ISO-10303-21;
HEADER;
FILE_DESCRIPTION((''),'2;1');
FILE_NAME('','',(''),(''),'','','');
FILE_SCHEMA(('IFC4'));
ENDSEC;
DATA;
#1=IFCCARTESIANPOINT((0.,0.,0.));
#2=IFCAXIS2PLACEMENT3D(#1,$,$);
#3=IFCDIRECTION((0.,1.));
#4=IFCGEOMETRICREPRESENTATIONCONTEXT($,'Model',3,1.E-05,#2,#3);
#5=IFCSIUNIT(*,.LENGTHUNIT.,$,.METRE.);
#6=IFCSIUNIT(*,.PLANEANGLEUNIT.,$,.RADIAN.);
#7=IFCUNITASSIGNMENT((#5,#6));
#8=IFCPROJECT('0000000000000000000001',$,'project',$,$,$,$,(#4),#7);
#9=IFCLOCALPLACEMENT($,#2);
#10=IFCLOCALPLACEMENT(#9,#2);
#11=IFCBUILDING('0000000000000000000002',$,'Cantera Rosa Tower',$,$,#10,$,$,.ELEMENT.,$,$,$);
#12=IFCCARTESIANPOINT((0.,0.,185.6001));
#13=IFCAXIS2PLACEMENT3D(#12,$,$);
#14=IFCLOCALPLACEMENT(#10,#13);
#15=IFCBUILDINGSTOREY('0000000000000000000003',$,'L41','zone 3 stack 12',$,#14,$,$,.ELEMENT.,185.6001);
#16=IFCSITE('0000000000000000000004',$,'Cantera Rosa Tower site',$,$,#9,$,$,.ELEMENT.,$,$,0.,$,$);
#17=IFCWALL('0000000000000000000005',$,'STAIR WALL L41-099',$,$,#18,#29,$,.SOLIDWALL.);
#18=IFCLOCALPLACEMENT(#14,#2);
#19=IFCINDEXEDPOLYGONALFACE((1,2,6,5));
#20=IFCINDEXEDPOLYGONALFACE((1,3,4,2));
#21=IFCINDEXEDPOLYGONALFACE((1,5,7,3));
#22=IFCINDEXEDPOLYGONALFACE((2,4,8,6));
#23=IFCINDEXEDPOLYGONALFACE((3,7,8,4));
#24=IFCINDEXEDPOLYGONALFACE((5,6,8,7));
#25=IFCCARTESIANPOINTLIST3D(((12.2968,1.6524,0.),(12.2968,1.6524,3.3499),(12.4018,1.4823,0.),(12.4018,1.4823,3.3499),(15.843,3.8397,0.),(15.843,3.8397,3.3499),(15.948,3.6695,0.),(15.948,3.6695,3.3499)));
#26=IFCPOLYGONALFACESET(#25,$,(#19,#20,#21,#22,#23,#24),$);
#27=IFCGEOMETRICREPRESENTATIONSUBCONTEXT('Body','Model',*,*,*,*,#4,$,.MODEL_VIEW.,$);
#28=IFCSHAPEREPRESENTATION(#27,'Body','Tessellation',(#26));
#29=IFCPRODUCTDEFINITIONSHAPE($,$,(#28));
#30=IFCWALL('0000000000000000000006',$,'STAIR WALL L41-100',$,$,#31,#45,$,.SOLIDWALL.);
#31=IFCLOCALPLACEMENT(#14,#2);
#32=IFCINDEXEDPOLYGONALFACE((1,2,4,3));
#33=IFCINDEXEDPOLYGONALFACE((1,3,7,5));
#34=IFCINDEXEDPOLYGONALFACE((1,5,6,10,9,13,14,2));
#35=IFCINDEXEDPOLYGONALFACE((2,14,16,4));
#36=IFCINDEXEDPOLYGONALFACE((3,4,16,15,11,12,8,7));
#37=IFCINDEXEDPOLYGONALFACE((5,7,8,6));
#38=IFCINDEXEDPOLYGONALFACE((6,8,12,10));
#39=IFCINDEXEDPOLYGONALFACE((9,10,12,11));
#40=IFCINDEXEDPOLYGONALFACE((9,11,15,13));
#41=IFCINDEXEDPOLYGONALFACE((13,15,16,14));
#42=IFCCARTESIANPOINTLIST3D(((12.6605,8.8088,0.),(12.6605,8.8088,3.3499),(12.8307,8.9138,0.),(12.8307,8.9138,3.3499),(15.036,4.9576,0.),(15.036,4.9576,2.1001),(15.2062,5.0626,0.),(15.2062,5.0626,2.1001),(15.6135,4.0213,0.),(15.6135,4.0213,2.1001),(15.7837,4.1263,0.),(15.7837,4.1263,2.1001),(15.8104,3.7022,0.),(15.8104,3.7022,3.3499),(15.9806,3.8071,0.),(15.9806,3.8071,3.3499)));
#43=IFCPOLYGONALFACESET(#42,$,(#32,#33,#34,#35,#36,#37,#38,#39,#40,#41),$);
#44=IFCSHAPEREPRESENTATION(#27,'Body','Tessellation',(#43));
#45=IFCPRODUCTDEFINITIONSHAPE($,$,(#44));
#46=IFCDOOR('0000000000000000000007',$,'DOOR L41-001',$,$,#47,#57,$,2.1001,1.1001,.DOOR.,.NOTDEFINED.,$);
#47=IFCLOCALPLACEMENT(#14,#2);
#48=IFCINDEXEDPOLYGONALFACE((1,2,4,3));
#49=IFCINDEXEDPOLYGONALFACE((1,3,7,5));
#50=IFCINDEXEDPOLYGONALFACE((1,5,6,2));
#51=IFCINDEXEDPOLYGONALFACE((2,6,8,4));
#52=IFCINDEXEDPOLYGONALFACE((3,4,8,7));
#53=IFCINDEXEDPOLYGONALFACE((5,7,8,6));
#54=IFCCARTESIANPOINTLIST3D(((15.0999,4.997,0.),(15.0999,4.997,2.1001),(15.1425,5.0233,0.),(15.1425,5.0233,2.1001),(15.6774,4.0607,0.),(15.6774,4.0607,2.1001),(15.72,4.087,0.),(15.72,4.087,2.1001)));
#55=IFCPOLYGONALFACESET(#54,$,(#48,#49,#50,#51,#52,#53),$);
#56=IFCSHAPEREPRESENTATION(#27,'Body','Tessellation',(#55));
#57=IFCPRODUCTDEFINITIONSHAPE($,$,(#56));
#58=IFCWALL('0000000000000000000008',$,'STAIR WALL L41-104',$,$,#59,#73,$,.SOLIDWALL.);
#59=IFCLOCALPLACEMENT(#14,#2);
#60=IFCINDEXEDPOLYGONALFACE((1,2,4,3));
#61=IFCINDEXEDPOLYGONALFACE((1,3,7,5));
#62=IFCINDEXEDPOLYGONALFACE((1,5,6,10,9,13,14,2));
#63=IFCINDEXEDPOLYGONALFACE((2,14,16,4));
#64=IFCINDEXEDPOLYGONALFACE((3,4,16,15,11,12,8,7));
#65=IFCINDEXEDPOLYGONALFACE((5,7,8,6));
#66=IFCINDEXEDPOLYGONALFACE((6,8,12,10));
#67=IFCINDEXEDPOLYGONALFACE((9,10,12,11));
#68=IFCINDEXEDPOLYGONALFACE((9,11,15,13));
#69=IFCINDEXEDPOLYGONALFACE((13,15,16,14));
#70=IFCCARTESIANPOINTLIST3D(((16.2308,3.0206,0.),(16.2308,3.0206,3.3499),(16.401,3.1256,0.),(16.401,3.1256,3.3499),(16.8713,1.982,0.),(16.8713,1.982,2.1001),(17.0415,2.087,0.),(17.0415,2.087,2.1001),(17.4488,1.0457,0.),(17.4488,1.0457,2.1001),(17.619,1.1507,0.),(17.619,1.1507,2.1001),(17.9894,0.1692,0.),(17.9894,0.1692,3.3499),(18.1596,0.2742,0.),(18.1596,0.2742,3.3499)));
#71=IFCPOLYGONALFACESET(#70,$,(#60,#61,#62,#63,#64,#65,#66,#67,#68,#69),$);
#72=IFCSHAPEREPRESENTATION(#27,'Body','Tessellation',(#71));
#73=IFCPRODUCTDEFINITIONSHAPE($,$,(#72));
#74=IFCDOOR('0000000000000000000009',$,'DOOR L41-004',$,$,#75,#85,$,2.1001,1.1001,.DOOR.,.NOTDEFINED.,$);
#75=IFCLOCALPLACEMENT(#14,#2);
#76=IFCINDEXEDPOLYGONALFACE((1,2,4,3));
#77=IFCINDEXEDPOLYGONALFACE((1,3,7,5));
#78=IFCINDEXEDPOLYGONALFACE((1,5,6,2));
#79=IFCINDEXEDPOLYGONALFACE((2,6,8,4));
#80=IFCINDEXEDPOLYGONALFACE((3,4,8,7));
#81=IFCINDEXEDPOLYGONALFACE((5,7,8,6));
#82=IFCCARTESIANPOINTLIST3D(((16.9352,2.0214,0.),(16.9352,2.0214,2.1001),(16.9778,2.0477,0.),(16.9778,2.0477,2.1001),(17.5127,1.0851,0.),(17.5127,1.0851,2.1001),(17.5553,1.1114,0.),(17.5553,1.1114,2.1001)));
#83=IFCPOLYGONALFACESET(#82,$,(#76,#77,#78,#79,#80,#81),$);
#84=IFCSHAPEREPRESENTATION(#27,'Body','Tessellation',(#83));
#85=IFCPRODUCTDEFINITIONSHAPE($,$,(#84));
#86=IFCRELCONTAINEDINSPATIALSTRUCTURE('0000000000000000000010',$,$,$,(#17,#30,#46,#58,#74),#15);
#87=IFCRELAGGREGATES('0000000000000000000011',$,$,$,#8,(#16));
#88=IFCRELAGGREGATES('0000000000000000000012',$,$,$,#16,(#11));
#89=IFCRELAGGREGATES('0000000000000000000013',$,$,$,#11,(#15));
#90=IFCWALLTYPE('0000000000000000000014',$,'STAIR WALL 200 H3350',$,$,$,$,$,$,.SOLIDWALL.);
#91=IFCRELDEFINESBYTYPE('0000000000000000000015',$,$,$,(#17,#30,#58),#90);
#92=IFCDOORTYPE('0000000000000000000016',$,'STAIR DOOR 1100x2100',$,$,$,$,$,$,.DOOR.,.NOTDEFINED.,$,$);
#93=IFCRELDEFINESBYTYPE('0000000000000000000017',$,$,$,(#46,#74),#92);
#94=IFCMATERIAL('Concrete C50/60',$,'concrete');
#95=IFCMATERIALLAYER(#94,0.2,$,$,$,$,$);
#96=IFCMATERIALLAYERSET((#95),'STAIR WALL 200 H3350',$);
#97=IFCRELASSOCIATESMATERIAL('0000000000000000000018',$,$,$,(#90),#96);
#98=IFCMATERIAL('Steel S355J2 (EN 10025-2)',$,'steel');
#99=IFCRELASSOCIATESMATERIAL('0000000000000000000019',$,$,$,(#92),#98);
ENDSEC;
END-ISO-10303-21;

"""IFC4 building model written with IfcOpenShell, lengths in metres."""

from ifc_helpers import new_model, si_unit, direction, frame, frame_2d, origin, place, context, subcontext, project, spatial, rectangle, extrude, material, layer, layer_set, type_object, element, fill, save


model = new_model("IFC4")

# Units and contexts
model_context = context("Model", 3, precision=1e-05, world=origin(), true_north=direction((0.0, 1.0)))
body_context = subcontext(model_context, "Body", "Model", "MODEL_VIEW")
ifc_project = project(units=[si_unit("LENGTHUNIT", "METRE"), si_unit("PLANEANGLEUNIT", "RADIAN")], contexts=[model_context])

# Site, building, storey
site_placement = place(None, origin())
site = spatial("IfcSite", under=ifc_project, at=site_placement, Name="Cantera Rosa Tower site", CompositionType="ELEMENT", RefElevation=0.0)
building_placement = place(site_placement, origin())
building = spatial("IfcBuilding", under=site, at=building_placement, Name="Cantera Rosa Tower", CompositionType="ELEMENT")
storey_placement = place(building_placement, frame((0.0, 0.0, 185.6001)))
storey = spatial("IfcBuildingStorey", under=building, at=storey_placement, Name="L41", Description="zone 3 stack 12", CompositionType="ELEMENT", Elevation=185.6001)

# Wall
ifc_material_1 = material(Name="Concrete C50/60", Category="concrete")
ifc_layer_1 = layer(ifc_material_1, 0.2)
ifc_layer_set_1 = layer_set([ifc_layer_1], Name="STAIR WALL 200 H3350")
wall_type_1 = type_object("IfcWallType", Name="STAIR WALL 200 H3350", PredefinedType="SOLIDWALL", material=ifc_layer_set_1)
wall_1_placement = place(storey_placement, frame((15.8955, 3.7546, 0.0), z_axis=(0.0, 0.0, 1.0), x_axis=(-0.851121, -0.52497, 0.0)))
element("IfcWall", 1, at=wall_1_placement, inside=storey, type_object=wall_type_1, Name="STAIR WALL L41-099", PredefinedType="SOLIDWALL", context=body_context, shape_type="SweptSolid", body=[
    extrude(rectangle(XDim=4.1665, YDim=0.2, at=frame_2d((2.0833, 0.0))), origin(), (0.0, 0.0, 1.0), 3.3499),
])

# Walls, openings, doors
wall_2_placement = place(storey_placement, frame((15.8955, 3.7546, 0.0), z_axis=(0.0, 0.0, 1.0), x_axis=(-0.524983, 0.851113, 0.0)))
wall_2 = element("IfcWall", 2, at=wall_2_placement, inside=storey, type_object=wall_type_1, Name="STAIR WALL L41-100", PredefinedType="SOLIDWALL", context=body_context, shape_type="SweptSolid", body=[
    extrude(rectangle(XDim=6.0, YDim=0.2, at=frame_2d((3.0, 0.0))), origin(), (0.0, 0.0, 1.0), 3.3499),
])
opening_1_placement = place(wall_2_placement, frame((0.375, 0.0, 0.0)))
opening_1 = element("IfcOpeningElement", 3, at=opening_1_placement, cuts=wall_2, PredefinedType="OPENING", context=body_context, shape_type="SweptSolid", body=[
    extrude(rectangle(XDim=1.1001, YDim=2.1001, at=frame_2d((0.55, 1.05))), frame((0.0, 0.1099, 0.0), z_axis=(0.0, -1.0, 0.0), x_axis=(1.0, 0.0, 0.0)), (0.0, 0.0, 1.0), 0.22),
])
ifc_material_2 = material(Name="Steel S355J2 (EN 10025-2)", Category="steel")
door_type = type_object("IfcDoorType", Name="STAIR DOOR 1100x2100", OperationType="NOTDEFINED", PredefinedType="DOOR", material=ifc_material_2)
door_1_placement = place(opening_1_placement, origin())
door_1 = element("IfcDoor", 4, at=door_1_placement, inside=storey, type_object=door_type, Name="DOOR L41-001", OperationType="NOTDEFINED", OverallHeight=2.1001, OverallWidth=1.1001, PredefinedType="DOOR", context=body_context, shape_type="SweptSolid", body=[
    extrude(rectangle(XDim=1.1001, YDim=2.1001, at=frame_2d((0.55, 1.05))), frame((0.0, 0.0249, 0.0), z_axis=(0.0, -1.0, 0.0), x_axis=(1.0, 0.0, 0.0)), (0.0, 0.0, 1.0), 0.05),
])
fill(opening_1, door_1)
wall_3_placement = place(storey_placement, frame((18.0745, 0.2217, 0.0), z_axis=(0.0, 0.0, 1.0), x_axis=(-0.524939, 0.85114, 0.0)))
wall_3 = element("IfcWall", 5, at=wall_3_placement, inside=storey, type_object=wall_type_1, Name="STAIR WALL L41-104", PredefinedType="SOLIDWALL", context=body_context, shape_type="SweptSolid", body=[
    extrude(rectangle(XDim=3.3501, YDim=0.2, at=frame_2d((1.675, 0.0))), origin(), (0.0, 0.0, 1.0), 3.3499),
])
opening_2_placement = place(wall_3_placement, frame((1.0298, 0.0, 0.0)))
opening_2 = element("IfcOpeningElement", 6, at=opening_2_placement, cuts=wall_3, PredefinedType="OPENING", context=body_context, shape_type="SweptSolid", body=[
    extrude(rectangle(XDim=1.1001, YDim=2.1001, at=frame_2d((0.55, 1.05))), frame((0.0, 0.1099, 0.0), z_axis=(0.0, -1.0, 0.0), x_axis=(1.0, 0.0, 0.0)), (0.0, 0.0, 1.0), 0.22),
])
door_2_placement = place(opening_2_placement, origin())
door_2 = element("IfcDoor", 7, at=door_2_placement, inside=storey, type_object=door_type, Name="DOOR L41-004", OperationType="NOTDEFINED", OverallHeight=2.1001, OverallWidth=1.1001, PredefinedType="DOOR", context=body_context, shape_type="SweptSolid", body=[
    extrude(rectangle(XDim=1.1001, YDim=2.1001, at=frame_2d((0.55, 1.05))), frame((0.0, 0.0249, 0.0), z_axis=(0.0, -1.0, 0.0), x_axis=(1.0, 0.0, 0.0)), (0.0, 0.0, 1.0), 0.05),
])
fill(opening_2, door_2)

save(model, "model.ifc")
